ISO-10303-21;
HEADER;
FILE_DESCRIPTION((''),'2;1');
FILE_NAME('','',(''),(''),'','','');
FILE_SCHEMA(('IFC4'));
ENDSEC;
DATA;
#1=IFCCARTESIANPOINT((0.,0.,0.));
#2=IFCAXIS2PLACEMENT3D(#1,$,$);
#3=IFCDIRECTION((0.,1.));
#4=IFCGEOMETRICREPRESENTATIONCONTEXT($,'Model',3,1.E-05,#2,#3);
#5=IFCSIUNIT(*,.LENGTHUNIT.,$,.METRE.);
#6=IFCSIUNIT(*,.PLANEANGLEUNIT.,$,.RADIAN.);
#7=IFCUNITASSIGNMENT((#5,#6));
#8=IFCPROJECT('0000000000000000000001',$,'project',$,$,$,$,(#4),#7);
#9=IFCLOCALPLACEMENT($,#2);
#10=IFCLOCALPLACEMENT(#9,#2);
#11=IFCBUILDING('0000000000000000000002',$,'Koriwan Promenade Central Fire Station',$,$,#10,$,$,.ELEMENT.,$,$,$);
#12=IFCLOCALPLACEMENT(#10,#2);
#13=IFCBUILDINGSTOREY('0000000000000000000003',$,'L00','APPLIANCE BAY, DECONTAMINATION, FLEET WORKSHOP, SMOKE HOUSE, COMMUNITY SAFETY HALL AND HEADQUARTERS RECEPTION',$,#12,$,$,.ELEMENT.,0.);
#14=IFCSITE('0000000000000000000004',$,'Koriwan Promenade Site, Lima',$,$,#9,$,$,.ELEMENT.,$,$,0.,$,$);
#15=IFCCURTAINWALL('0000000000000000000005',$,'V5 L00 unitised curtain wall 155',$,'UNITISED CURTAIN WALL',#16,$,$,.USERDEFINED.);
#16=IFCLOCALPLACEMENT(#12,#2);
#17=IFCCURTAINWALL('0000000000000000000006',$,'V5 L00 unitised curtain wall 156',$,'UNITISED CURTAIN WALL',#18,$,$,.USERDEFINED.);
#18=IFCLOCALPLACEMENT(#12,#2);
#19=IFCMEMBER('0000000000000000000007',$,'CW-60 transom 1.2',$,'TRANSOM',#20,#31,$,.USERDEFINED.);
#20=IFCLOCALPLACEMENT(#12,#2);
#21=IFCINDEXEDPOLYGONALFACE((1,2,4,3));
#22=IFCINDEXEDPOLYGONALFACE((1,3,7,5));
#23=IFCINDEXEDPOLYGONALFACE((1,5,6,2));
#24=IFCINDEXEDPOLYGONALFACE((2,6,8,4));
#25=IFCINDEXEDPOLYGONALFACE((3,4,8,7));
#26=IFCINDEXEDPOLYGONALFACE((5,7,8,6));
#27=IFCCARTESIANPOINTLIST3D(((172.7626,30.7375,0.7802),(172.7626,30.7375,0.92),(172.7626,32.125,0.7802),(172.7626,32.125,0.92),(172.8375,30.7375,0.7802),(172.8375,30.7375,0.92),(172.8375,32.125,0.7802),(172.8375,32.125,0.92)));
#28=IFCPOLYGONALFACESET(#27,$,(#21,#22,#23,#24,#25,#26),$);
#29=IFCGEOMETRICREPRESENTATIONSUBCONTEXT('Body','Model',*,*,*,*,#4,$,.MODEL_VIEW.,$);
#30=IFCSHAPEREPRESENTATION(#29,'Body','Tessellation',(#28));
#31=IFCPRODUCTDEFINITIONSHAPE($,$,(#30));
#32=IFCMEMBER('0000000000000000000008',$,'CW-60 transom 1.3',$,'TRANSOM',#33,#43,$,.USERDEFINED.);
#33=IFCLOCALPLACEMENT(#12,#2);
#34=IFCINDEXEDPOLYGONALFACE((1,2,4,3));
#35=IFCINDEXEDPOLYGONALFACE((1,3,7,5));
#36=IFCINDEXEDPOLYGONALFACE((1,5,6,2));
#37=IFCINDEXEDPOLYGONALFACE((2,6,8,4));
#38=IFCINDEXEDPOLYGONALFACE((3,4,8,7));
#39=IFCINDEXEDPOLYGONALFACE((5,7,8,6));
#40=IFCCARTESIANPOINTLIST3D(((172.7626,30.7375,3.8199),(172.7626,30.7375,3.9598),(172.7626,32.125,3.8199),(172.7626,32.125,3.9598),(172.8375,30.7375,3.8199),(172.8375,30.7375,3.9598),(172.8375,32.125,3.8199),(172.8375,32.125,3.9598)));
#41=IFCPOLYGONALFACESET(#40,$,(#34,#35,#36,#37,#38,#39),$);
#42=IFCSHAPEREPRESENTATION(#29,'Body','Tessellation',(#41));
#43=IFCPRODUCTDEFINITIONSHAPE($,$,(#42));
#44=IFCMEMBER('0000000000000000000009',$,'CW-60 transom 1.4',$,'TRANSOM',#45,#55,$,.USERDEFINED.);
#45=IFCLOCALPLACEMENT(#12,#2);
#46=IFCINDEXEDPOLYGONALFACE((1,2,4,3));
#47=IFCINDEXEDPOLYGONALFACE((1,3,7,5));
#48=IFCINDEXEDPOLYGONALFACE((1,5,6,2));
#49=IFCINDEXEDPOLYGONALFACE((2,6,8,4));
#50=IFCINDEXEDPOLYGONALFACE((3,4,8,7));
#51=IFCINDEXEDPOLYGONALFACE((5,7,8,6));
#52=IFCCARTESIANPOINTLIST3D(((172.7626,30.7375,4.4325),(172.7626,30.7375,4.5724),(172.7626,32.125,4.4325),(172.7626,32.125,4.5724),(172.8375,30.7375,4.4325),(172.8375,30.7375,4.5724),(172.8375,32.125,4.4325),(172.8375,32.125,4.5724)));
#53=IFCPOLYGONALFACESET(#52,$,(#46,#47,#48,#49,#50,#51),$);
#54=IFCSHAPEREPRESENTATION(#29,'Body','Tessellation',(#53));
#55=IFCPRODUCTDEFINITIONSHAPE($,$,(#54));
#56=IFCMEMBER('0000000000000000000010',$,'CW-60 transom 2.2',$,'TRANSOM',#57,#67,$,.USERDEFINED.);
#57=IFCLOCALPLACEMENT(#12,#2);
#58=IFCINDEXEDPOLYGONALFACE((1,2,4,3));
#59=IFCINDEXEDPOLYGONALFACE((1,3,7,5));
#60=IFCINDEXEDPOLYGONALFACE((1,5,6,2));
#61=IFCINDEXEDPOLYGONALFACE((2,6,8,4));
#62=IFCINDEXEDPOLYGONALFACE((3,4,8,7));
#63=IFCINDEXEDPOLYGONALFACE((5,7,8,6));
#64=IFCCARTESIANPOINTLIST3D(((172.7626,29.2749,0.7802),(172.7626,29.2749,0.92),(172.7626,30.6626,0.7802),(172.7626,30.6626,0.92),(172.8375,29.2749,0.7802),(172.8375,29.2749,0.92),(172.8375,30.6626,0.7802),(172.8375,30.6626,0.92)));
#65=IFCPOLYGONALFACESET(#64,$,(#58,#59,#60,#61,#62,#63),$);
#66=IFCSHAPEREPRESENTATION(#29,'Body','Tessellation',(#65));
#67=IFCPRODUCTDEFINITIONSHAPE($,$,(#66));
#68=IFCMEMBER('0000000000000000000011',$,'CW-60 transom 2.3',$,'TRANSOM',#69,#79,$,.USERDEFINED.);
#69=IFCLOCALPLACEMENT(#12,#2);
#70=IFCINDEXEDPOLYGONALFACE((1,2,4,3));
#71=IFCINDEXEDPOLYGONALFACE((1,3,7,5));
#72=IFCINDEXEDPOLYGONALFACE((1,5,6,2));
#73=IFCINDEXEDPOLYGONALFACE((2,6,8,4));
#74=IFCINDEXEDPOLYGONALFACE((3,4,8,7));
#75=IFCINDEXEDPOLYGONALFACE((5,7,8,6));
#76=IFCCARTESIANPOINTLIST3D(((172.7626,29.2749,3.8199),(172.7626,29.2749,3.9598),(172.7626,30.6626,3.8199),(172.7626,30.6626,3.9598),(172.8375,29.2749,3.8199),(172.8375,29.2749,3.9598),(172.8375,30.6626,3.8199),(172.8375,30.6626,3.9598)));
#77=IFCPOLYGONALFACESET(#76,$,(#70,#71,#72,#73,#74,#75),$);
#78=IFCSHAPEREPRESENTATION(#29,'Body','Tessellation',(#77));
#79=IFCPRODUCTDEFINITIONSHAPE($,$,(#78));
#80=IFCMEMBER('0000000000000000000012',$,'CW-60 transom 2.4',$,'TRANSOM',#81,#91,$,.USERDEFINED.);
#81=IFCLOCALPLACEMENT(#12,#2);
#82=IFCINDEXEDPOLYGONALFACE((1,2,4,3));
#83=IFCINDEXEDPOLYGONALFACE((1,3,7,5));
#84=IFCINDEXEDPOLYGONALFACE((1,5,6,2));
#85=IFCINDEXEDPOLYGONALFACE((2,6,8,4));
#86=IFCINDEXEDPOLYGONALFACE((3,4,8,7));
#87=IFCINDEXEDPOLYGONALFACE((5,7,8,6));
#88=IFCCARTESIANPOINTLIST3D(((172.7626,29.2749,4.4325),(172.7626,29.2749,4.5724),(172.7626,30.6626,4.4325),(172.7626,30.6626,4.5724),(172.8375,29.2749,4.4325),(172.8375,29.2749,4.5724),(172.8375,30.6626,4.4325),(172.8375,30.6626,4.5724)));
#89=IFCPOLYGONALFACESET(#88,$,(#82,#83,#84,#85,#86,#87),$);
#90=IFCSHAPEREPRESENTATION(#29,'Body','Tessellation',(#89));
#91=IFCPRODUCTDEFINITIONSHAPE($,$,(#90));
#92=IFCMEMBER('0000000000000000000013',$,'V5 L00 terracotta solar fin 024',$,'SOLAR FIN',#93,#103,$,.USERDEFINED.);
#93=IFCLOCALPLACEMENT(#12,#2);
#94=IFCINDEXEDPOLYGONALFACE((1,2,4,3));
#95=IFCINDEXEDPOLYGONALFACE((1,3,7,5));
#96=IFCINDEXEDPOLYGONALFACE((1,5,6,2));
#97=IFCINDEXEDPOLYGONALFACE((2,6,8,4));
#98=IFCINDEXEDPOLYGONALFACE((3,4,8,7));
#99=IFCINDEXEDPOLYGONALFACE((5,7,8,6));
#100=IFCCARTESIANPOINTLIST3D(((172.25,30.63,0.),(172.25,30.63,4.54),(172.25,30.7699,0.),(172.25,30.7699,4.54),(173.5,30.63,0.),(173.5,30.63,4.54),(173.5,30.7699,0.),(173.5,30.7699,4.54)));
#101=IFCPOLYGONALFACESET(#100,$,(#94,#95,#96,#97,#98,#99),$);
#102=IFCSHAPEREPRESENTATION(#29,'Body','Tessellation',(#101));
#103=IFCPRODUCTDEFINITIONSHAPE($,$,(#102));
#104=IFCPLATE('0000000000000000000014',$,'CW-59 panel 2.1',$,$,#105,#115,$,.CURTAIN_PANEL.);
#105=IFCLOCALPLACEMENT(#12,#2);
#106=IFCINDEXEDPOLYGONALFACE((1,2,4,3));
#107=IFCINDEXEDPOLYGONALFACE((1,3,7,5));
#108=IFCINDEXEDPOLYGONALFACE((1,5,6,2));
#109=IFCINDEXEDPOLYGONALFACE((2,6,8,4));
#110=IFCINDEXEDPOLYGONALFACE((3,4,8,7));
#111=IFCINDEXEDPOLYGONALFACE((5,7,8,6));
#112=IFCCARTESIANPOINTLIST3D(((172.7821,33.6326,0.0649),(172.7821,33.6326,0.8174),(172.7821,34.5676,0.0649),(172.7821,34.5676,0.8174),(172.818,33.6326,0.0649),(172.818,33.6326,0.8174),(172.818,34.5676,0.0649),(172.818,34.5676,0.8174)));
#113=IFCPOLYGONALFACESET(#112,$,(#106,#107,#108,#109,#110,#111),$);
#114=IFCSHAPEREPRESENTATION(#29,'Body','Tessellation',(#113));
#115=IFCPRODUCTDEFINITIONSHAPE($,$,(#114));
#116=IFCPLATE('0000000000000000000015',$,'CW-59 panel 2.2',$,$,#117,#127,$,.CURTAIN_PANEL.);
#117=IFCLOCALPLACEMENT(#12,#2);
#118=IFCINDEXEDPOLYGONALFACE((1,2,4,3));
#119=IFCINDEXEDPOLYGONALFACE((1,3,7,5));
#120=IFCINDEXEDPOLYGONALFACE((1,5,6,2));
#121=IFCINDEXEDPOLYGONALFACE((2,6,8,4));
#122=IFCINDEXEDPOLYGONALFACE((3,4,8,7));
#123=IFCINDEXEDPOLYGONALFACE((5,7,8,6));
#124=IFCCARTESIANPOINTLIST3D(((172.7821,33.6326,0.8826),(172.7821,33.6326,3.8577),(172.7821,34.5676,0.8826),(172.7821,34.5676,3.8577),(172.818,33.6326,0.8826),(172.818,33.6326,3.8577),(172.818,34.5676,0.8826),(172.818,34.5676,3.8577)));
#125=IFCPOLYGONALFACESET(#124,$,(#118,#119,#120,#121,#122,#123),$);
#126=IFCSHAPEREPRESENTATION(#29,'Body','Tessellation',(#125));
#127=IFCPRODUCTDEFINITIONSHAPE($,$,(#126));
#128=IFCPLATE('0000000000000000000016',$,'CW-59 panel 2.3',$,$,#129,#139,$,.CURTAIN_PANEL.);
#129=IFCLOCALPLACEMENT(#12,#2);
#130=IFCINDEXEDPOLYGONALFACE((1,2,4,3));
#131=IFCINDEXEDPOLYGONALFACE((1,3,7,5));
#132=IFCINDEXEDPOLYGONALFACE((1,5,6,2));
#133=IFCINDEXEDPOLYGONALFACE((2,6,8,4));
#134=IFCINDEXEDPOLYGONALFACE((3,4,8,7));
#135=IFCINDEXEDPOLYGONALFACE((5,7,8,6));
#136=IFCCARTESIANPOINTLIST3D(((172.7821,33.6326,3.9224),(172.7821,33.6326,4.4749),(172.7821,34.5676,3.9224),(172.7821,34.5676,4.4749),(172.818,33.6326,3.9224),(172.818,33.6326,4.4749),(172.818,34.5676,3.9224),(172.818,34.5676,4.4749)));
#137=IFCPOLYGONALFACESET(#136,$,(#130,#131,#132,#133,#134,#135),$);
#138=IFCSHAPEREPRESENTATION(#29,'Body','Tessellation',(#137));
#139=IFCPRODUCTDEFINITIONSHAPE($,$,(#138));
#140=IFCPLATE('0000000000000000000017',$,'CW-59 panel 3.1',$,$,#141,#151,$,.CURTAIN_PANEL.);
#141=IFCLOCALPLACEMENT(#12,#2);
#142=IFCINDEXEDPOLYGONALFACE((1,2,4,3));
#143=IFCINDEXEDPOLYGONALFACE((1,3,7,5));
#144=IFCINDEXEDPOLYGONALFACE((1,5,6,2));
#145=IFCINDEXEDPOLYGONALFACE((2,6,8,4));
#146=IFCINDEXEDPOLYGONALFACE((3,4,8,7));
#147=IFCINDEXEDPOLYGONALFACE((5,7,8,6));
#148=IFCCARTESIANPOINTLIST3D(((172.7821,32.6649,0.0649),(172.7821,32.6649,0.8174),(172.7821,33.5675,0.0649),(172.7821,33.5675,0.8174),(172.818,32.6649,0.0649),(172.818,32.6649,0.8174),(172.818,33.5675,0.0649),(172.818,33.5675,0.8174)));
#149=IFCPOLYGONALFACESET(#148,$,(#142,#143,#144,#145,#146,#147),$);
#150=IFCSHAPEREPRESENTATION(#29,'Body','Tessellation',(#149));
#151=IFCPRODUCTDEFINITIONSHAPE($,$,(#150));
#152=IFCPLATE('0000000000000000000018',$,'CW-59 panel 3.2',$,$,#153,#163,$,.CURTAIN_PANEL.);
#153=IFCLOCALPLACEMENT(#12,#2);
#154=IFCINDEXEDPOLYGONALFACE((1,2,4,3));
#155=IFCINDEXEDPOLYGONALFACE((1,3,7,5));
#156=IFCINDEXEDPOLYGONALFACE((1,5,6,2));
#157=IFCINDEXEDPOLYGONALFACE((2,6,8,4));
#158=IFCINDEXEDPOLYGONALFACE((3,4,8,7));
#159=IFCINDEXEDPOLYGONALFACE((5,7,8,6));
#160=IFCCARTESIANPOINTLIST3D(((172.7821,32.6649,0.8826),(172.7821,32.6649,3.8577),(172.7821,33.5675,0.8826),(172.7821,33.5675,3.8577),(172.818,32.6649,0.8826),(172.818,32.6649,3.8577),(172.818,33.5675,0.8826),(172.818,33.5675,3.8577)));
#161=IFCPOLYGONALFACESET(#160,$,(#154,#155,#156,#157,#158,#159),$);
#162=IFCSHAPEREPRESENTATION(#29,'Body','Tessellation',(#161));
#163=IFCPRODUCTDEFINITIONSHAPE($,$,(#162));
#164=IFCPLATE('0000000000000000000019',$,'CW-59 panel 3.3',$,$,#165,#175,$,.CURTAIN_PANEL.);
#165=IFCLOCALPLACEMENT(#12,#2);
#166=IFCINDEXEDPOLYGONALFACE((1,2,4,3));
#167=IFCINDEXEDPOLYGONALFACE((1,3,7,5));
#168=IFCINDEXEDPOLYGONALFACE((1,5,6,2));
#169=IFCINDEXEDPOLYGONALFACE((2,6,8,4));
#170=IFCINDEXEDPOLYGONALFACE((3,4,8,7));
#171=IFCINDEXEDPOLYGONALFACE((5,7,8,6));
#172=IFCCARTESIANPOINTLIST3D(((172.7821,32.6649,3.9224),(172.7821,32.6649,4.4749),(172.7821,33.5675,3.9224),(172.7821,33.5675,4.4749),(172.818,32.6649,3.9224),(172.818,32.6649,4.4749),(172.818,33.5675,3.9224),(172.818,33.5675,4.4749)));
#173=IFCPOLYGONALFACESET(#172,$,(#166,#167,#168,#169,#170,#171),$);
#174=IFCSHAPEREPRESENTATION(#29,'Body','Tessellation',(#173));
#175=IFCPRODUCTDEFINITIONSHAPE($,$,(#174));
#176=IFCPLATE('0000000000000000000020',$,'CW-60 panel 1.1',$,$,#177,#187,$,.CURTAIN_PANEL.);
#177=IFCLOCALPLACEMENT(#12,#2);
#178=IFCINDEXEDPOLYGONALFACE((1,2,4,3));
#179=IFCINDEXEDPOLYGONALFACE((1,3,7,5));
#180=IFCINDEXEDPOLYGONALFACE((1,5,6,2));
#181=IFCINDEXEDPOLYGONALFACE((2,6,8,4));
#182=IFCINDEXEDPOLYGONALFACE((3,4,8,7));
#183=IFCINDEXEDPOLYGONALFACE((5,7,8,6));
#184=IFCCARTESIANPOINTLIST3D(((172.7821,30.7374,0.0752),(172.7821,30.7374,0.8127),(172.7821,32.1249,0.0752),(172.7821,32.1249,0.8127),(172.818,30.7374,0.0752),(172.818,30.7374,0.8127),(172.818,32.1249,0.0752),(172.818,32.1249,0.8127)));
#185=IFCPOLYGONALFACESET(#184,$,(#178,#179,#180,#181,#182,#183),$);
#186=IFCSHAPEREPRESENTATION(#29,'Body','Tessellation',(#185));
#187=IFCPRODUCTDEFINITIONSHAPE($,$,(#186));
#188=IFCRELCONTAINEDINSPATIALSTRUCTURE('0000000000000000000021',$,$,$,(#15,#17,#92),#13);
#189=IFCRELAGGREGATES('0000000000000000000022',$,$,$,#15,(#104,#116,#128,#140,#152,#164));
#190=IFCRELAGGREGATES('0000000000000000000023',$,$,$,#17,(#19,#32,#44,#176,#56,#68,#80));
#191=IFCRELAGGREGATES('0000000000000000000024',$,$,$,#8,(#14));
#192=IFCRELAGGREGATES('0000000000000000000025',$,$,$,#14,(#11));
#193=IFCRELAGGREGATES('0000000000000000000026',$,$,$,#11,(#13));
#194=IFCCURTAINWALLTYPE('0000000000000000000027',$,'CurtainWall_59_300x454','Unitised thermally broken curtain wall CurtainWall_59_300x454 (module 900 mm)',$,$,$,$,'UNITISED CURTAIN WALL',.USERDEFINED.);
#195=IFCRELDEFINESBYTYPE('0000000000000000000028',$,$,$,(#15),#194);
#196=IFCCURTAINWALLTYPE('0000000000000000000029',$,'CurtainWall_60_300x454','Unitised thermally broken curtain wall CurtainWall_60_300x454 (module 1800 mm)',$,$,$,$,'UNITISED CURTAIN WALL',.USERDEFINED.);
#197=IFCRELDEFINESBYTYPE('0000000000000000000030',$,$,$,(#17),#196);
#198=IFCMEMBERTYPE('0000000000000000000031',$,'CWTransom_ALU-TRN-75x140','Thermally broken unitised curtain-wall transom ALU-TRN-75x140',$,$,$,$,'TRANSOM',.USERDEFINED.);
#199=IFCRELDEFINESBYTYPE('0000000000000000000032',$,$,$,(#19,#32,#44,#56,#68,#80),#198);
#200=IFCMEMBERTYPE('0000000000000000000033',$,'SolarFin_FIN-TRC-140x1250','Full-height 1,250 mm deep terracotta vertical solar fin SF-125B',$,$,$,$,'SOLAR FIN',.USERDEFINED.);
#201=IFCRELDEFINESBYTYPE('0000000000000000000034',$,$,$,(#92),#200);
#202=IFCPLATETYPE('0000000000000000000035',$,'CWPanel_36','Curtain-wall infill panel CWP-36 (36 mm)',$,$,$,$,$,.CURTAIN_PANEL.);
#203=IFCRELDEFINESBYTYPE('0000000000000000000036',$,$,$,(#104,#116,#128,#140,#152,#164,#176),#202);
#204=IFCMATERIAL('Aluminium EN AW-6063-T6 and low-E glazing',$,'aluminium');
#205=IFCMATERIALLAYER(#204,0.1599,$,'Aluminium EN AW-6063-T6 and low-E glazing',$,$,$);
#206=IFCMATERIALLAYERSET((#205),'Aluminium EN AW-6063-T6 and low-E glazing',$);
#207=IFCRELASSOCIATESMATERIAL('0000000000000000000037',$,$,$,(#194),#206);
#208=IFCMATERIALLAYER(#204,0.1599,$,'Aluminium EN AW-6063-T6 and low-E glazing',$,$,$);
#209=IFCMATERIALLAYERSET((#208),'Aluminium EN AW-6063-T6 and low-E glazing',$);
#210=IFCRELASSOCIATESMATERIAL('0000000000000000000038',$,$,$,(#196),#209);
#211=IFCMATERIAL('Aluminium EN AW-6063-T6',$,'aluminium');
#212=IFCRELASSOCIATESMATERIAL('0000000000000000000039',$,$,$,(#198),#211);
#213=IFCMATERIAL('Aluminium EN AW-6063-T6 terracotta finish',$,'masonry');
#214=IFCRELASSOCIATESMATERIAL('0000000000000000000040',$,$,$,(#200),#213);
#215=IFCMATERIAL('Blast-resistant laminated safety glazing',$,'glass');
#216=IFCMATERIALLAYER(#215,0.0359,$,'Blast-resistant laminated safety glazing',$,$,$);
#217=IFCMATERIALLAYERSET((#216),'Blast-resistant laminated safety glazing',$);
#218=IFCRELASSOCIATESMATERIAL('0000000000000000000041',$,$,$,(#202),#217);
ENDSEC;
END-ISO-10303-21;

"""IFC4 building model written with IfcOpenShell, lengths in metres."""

from ifc_helpers import new_model, si_unit, direction, frame, origin, origin_2d, place, context, subcontext, project, spatial, rectangle, extrude, material, layer, layer_set, material_profile, profile_set, type_object, element, aggregate, save


model = new_model("IFC4")

# Units and contexts
model_context = context("Model", 3, precision=1e-05, world=origin(), true_north=direction((0.0, 1.0)))
body_context = subcontext(model_context, "Body", "Model", "MODEL_VIEW")
ifc_project = project(units=[si_unit("LENGTHUNIT", "METRE"), si_unit("PLANEANGLEUNIT", "RADIAN")], contexts=[model_context])

# Site, building, storey
site_placement = place(None, origin())
site = spatial("IfcSite", under=ifc_project, at=site_placement, Name="Koriwan Promenade Site, Lima", CompositionType="ELEMENT", RefElevation=0.0)
building_placement = place(site_placement, origin())
building = spatial("IfcBuilding", under=site, at=building_placement, Name="Koriwan Promenade Central Fire Station", CompositionType="ELEMENT")
storey_placement = place(building_placement, origin())
storey = spatial("IfcBuildingStorey", under=building, at=storey_placement, Name="L00", Description="APPLIANCE BAY, DECONTAMINATION, FLEET WORKSHOP, SMOKE HOUSE, COMMUNITY SAFETY HALL AND HEADQUARTERS RECEPTION", CompositionType="ELEMENT", Elevation=0.0)

# Curtain walls
ifc_material_1 = material(Name="Aluminium EN AW-6063-T6 and low-E glazing", Category="aluminium")
ifc_layer_1 = layer(ifc_material_1, 0.1599, Name="Aluminium EN AW-6063-T6 and low-E glazing")
ifc_layer_set_1 = layer_set([ifc_layer_1], Name="Aluminium EN AW-6063-T6 and low-E glazing")
curtain_wall_type_1 = type_object("IfcCurtainWallType", Name="CurtainWall_59_300x454", Description="Unitised thermally broken curtain wall CurtainWall_59_300x454 (module 900 mm)", ElementType="UNITISED CURTAIN WALL", PredefinedType="USERDEFINED", material=ifc_layer_set_1)
curtain_wall_1_placement = place(storey_placement, origin())
curtain_wall_1 = element("IfcCurtainWall", 1, at=curtain_wall_1_placement, inside=storey, type_object=curtain_wall_type_1, Name="V5 L00 unitised curtain wall 155", ObjectType="UNITISED CURTAIN WALL", PredefinedType="USERDEFINED")
ifc_material_2 = material(Name="Aluminium EN AW-6063-T6", Category="aluminium")
ifc_layer_2 = layer(ifc_material_1, 0.1599, Name="Aluminium EN AW-6063-T6 and low-E glazing")
ifc_layer_set_2 = layer_set([ifc_layer_2], Name="Aluminium EN AW-6063-T6 and low-E glazing")
curtain_wall_type_2 = type_object("IfcCurtainWallType", Name="CurtainWall_60_300x454", Description="Unitised thermally broken curtain wall CurtainWall_60_300x454 (module 1800 mm)", ElementType="UNITISED CURTAIN WALL", PredefinedType="USERDEFINED", material=ifc_layer_set_2)
curtain_wall_2_placement = place(storey_placement, origin())
curtain_wall_2 = element("IfcCurtainWall", 2, at=curtain_wall_2_placement, inside=storey, type_object=curtain_wall_type_2, Name="V5 L00 unitised curtain wall 156", ObjectType="UNITISED CURTAIN WALL", PredefinedType="USERDEFINED")

# Members
ifc_material_profile_1 = material_profile(ifc_material_2, rectangle(XDim=0.075, YDim=0.1399, at=origin_2d()), Name="ALU-TRN-75x140")
ifc_profile_set_1 = profile_set([ifc_material_profile_1], Name="Aluminium EN AW-6063-T6")
member_type_1 = type_object("IfcMemberType", Name="CWTransom_ALU-TRN-75x140", Description="Thermally broken unitised curtain-wall transom ALU-TRN-75x140", ElementType="TRANSOM", PredefinedType="USERDEFINED", material=ifc_profile_set_1)
member_1_placement = place(storey_placement, frame((172.8, 32.125, 0.8501), z_axis=(0.0, -1.0, 0.0), x_axis=(1.0, 0.0, 0.0)))
member_1 = element("IfcMember", 3, at=member_1_placement, type_object=member_type_1, Name="CW-60 transom 1.2", ObjectType="TRANSOM", PredefinedType="USERDEFINED", context=body_context, shape_type="SweptSolid", body=[
    extrude(rectangle(XDim=0.075, YDim=0.1399, at=origin_2d()), origin(), (0.0, 0.0, 1.0), 1.3875),
])
member_2_placement = place(storey_placement, frame((172.8, 32.125, 3.8899), z_axis=(0.0, -1.0, 0.0), x_axis=(1.0, 0.0, 0.0)))
member_2 = element("IfcMember", 4, at=member_2_placement, type_object=member_type_1, Name="CW-60 transom 1.3", ObjectType="TRANSOM", PredefinedType="USERDEFINED", context=body_context, shape_type="SweptSolid", body=[
    extrude(rectangle(XDim=0.075, YDim=0.1399, at=origin_2d()), origin(), (0.0, 0.0, 1.0), 1.3875),
])
member_3_placement = place(storey_placement, frame((172.8, 32.125, 4.5024), z_axis=(0.0, -1.0, 0.0), x_axis=(1.0, 0.0, 0.0)))
member_3 = element("IfcMember", 5, at=member_3_placement, type_object=member_type_1, Name="CW-60 transom 1.4", ObjectType="TRANSOM", PredefinedType="USERDEFINED", context=body_context, shape_type="SweptSolid", body=[
    extrude(rectangle(XDim=0.075, YDim=0.1399, at=origin_2d()), origin(), (0.0, 0.0, 1.0), 1.3875),
])
member_4_placement = place(storey_placement, frame((172.8, 30.6626, 0.8501), z_axis=(0.0, -1.0, 0.0), x_axis=(1.0, 0.0, 0.0)))
member_4 = element("IfcMember", 6, at=member_4_placement, type_object=member_type_1, Name="CW-60 transom 2.2", ObjectType="TRANSOM", PredefinedType="USERDEFINED", context=body_context, shape_type="SweptSolid", body=[
    extrude(rectangle(XDim=0.075, YDim=0.1399, at=origin_2d()), origin(), (0.0, 0.0, 1.0), 1.3877),
])
member_5_placement = place(storey_placement, frame((172.8, 30.6626, 3.8899), z_axis=(0.0, -1.0, 0.0), x_axis=(1.0, 0.0, 0.0)))
member_5 = element("IfcMember", 7, at=member_5_placement, type_object=member_type_1, Name="CW-60 transom 2.3", ObjectType="TRANSOM", PredefinedType="USERDEFINED", context=body_context, shape_type="SweptSolid", body=[
    extrude(rectangle(XDim=0.075, YDim=0.1399, at=origin_2d()), origin(), (0.0, 0.0, 1.0), 1.3877),
])
member_6_placement = place(storey_placement, frame((172.8, 30.6626, 4.5024), z_axis=(0.0, -1.0, 0.0), x_axis=(1.0, 0.0, 0.0)))
member_6 = element("IfcMember", 8, at=member_6_placement, type_object=member_type_1, Name="CW-60 transom 2.4", ObjectType="TRANSOM", PredefinedType="USERDEFINED", context=body_context, shape_type="SweptSolid", body=[
    extrude(rectangle(XDim=0.075, YDim=0.1399, at=origin_2d()), origin(), (0.0, 0.0, 1.0), 1.3877),
])
ifc_material_3 = material(Name="Aluminium EN AW-6063-T6 terracotta finish", Category="masonry")
ifc_material_profile_2 = material_profile(ifc_material_3, rectangle(XDim=0.1399, YDim=1.25, at=origin_2d()), Name="FIN-TRC-140x1250")
ifc_profile_set_2 = profile_set([ifc_material_profile_2], Name="Aluminium EN AW-6063-T6 terracotta finish")
member_type_2 = type_object("IfcMemberType", Name="SolarFin_FIN-TRC-140x1250", Description="Full-height 1,250 mm deep terracotta vertical solar fin SF-125B", ElementType="SOLAR FIN", PredefinedType="USERDEFINED", material=ifc_profile_set_2)
member_7_placement = place(storey_placement, frame((172.875, 30.7, 0.0), z_axis=(0.0, 0.0, 1.0), x_axis=(0.0, -1.0, 0.0)))
element("IfcMember", 9, at=member_7_placement, inside=storey, type_object=member_type_2, Name="V5 L00 terracotta solar fin 024", ObjectType="SOLAR FIN", PredefinedType="USERDEFINED", context=body_context, shape_type="SweptSolid", body=[
    extrude(rectangle(XDim=0.1399, YDim=1.25, at=origin_2d()), origin(), (0.0, 0.0, 1.0), 4.54),
])

# Plates
ifc_material_4 = material(Name="Blast-resistant laminated safety glazing", Category="glass")
ifc_layer_3 = layer(ifc_material_4, 0.0359, Name="Blast-resistant laminated safety glazing")
ifc_layer_set_3 = layer_set([ifc_layer_3], Name="Blast-resistant laminated safety glazing")
plate_type = type_object("IfcPlateType", Name="CWPanel_36", Description="Curtain-wall infill panel CWP-36 (36 mm)", PredefinedType="CURTAIN_PANEL", material=ifc_layer_set_3)
plate_1_placement = place(storey_placement, frame((172.8, 34.1001, 0.0649), z_axis=(0.0, 0.0, 1.0), x_axis=(0.0, -1.0, 0.0)))
plate_1 = element("IfcPlate", 10, at=plate_1_placement, type_object=plate_type, Name="CW-59 panel 2.1", PredefinedType="CURTAIN_PANEL", context=body_context, shape_type="SweptSolid", body=[
    extrude(rectangle(XDim=0.9351, YDim=0.0359, at=origin_2d()), origin(), (0.0, 0.0, 1.0), 0.7524),
])
plate_2_placement = place(storey_placement, frame((172.8, 34.1001, 0.8826), z_axis=(0.0, 0.0, 1.0), x_axis=(0.0, -1.0, 0.0)))
plate_2 = element("IfcPlate", 11, at=plate_2_placement, type_object=plate_type, Name="CW-59 panel 2.2", PredefinedType="CURTAIN_PANEL", context=body_context, shape_type="SweptSolid", body=[
    extrude(rectangle(XDim=0.9351, YDim=0.0359, at=origin_2d()), origin(), (0.0, 0.0, 1.0), 2.9751),
])
plate_3_placement = place(storey_placement, frame((172.8, 34.1001, 3.9224), z_axis=(0.0, 0.0, 1.0), x_axis=(0.0, -1.0, 0.0)))
plate_3 = element("IfcPlate", 12, at=plate_3_placement, type_object=plate_type, Name="CW-59 panel 2.3", PredefinedType="CURTAIN_PANEL", context=body_context, shape_type="SweptSolid", body=[
    extrude(rectangle(XDim=0.9351, YDim=0.0359, at=origin_2d()), origin(), (0.0, 0.0, 1.0), 0.5525),
])
plate_4_placement = place(storey_placement, frame((172.8, 33.1162, 0.0649), z_axis=(0.0, 0.0, 1.0), x_axis=(0.0, -1.0, 0.0)))
plate_4 = element("IfcPlate", 13, at=plate_4_placement, type_object=plate_type, Name="CW-59 panel 3.1", PredefinedType="CURTAIN_PANEL", context=body_context, shape_type="SweptSolid", body=[
    extrude(rectangle(XDim=0.9026, YDim=0.0359, at=origin_2d()), origin(), (0.0, 0.0, 1.0), 0.7524),
])
plate_5_placement = place(storey_placement, frame((172.8, 33.1162, 0.8826), z_axis=(0.0, 0.0, 1.0), x_axis=(0.0, -1.0, 0.0)))
plate_5 = element("IfcPlate", 14, at=plate_5_placement, type_object=plate_type, Name="CW-59 panel 3.2", PredefinedType="CURTAIN_PANEL", context=body_context, shape_type="SweptSolid", body=[
    extrude(rectangle(XDim=0.9026, YDim=0.0359, at=origin_2d()), origin(), (0.0, 0.0, 1.0), 2.9751),
])
plate_6_placement = place(storey_placement, frame((172.8, 33.1162, 3.9224), z_axis=(0.0, 0.0, 1.0), x_axis=(0.0, -1.0, 0.0)))
plate_6 = element("IfcPlate", 15, at=plate_6_placement, type_object=plate_type, Name="CW-59 panel 3.3", PredefinedType="CURTAIN_PANEL", context=body_context, shape_type="SweptSolid", body=[
    extrude(rectangle(XDim=0.9026, YDim=0.0359, at=origin_2d()), origin(), (0.0, 0.0, 1.0), 0.5525),
])
aggregate(curtain_wall_1, [plate_1, plate_2, plate_3, plate_4, plate_5, plate_6])
plate_7_placement = place(storey_placement, frame((172.8, 31.4312, 0.0752), z_axis=(0.0, 0.0, 1.0), x_axis=(0.0, -1.0, 0.0)))
plate_7 = element("IfcPlate", 16, at=plate_7_placement, type_object=plate_type, Name="CW-60 panel 1.1", PredefinedType="CURTAIN_PANEL", context=body_context, shape_type="SweptSolid", body=[
    extrude(rectangle(XDim=1.3875, YDim=0.0359, at=origin_2d()), origin(), (0.0, 0.0, 1.0), 0.7375),
])
aggregate(curtain_wall_2, [member_1, member_2, member_3, plate_7, member_4, member_5, member_6])

save(model, "model.ifc")
